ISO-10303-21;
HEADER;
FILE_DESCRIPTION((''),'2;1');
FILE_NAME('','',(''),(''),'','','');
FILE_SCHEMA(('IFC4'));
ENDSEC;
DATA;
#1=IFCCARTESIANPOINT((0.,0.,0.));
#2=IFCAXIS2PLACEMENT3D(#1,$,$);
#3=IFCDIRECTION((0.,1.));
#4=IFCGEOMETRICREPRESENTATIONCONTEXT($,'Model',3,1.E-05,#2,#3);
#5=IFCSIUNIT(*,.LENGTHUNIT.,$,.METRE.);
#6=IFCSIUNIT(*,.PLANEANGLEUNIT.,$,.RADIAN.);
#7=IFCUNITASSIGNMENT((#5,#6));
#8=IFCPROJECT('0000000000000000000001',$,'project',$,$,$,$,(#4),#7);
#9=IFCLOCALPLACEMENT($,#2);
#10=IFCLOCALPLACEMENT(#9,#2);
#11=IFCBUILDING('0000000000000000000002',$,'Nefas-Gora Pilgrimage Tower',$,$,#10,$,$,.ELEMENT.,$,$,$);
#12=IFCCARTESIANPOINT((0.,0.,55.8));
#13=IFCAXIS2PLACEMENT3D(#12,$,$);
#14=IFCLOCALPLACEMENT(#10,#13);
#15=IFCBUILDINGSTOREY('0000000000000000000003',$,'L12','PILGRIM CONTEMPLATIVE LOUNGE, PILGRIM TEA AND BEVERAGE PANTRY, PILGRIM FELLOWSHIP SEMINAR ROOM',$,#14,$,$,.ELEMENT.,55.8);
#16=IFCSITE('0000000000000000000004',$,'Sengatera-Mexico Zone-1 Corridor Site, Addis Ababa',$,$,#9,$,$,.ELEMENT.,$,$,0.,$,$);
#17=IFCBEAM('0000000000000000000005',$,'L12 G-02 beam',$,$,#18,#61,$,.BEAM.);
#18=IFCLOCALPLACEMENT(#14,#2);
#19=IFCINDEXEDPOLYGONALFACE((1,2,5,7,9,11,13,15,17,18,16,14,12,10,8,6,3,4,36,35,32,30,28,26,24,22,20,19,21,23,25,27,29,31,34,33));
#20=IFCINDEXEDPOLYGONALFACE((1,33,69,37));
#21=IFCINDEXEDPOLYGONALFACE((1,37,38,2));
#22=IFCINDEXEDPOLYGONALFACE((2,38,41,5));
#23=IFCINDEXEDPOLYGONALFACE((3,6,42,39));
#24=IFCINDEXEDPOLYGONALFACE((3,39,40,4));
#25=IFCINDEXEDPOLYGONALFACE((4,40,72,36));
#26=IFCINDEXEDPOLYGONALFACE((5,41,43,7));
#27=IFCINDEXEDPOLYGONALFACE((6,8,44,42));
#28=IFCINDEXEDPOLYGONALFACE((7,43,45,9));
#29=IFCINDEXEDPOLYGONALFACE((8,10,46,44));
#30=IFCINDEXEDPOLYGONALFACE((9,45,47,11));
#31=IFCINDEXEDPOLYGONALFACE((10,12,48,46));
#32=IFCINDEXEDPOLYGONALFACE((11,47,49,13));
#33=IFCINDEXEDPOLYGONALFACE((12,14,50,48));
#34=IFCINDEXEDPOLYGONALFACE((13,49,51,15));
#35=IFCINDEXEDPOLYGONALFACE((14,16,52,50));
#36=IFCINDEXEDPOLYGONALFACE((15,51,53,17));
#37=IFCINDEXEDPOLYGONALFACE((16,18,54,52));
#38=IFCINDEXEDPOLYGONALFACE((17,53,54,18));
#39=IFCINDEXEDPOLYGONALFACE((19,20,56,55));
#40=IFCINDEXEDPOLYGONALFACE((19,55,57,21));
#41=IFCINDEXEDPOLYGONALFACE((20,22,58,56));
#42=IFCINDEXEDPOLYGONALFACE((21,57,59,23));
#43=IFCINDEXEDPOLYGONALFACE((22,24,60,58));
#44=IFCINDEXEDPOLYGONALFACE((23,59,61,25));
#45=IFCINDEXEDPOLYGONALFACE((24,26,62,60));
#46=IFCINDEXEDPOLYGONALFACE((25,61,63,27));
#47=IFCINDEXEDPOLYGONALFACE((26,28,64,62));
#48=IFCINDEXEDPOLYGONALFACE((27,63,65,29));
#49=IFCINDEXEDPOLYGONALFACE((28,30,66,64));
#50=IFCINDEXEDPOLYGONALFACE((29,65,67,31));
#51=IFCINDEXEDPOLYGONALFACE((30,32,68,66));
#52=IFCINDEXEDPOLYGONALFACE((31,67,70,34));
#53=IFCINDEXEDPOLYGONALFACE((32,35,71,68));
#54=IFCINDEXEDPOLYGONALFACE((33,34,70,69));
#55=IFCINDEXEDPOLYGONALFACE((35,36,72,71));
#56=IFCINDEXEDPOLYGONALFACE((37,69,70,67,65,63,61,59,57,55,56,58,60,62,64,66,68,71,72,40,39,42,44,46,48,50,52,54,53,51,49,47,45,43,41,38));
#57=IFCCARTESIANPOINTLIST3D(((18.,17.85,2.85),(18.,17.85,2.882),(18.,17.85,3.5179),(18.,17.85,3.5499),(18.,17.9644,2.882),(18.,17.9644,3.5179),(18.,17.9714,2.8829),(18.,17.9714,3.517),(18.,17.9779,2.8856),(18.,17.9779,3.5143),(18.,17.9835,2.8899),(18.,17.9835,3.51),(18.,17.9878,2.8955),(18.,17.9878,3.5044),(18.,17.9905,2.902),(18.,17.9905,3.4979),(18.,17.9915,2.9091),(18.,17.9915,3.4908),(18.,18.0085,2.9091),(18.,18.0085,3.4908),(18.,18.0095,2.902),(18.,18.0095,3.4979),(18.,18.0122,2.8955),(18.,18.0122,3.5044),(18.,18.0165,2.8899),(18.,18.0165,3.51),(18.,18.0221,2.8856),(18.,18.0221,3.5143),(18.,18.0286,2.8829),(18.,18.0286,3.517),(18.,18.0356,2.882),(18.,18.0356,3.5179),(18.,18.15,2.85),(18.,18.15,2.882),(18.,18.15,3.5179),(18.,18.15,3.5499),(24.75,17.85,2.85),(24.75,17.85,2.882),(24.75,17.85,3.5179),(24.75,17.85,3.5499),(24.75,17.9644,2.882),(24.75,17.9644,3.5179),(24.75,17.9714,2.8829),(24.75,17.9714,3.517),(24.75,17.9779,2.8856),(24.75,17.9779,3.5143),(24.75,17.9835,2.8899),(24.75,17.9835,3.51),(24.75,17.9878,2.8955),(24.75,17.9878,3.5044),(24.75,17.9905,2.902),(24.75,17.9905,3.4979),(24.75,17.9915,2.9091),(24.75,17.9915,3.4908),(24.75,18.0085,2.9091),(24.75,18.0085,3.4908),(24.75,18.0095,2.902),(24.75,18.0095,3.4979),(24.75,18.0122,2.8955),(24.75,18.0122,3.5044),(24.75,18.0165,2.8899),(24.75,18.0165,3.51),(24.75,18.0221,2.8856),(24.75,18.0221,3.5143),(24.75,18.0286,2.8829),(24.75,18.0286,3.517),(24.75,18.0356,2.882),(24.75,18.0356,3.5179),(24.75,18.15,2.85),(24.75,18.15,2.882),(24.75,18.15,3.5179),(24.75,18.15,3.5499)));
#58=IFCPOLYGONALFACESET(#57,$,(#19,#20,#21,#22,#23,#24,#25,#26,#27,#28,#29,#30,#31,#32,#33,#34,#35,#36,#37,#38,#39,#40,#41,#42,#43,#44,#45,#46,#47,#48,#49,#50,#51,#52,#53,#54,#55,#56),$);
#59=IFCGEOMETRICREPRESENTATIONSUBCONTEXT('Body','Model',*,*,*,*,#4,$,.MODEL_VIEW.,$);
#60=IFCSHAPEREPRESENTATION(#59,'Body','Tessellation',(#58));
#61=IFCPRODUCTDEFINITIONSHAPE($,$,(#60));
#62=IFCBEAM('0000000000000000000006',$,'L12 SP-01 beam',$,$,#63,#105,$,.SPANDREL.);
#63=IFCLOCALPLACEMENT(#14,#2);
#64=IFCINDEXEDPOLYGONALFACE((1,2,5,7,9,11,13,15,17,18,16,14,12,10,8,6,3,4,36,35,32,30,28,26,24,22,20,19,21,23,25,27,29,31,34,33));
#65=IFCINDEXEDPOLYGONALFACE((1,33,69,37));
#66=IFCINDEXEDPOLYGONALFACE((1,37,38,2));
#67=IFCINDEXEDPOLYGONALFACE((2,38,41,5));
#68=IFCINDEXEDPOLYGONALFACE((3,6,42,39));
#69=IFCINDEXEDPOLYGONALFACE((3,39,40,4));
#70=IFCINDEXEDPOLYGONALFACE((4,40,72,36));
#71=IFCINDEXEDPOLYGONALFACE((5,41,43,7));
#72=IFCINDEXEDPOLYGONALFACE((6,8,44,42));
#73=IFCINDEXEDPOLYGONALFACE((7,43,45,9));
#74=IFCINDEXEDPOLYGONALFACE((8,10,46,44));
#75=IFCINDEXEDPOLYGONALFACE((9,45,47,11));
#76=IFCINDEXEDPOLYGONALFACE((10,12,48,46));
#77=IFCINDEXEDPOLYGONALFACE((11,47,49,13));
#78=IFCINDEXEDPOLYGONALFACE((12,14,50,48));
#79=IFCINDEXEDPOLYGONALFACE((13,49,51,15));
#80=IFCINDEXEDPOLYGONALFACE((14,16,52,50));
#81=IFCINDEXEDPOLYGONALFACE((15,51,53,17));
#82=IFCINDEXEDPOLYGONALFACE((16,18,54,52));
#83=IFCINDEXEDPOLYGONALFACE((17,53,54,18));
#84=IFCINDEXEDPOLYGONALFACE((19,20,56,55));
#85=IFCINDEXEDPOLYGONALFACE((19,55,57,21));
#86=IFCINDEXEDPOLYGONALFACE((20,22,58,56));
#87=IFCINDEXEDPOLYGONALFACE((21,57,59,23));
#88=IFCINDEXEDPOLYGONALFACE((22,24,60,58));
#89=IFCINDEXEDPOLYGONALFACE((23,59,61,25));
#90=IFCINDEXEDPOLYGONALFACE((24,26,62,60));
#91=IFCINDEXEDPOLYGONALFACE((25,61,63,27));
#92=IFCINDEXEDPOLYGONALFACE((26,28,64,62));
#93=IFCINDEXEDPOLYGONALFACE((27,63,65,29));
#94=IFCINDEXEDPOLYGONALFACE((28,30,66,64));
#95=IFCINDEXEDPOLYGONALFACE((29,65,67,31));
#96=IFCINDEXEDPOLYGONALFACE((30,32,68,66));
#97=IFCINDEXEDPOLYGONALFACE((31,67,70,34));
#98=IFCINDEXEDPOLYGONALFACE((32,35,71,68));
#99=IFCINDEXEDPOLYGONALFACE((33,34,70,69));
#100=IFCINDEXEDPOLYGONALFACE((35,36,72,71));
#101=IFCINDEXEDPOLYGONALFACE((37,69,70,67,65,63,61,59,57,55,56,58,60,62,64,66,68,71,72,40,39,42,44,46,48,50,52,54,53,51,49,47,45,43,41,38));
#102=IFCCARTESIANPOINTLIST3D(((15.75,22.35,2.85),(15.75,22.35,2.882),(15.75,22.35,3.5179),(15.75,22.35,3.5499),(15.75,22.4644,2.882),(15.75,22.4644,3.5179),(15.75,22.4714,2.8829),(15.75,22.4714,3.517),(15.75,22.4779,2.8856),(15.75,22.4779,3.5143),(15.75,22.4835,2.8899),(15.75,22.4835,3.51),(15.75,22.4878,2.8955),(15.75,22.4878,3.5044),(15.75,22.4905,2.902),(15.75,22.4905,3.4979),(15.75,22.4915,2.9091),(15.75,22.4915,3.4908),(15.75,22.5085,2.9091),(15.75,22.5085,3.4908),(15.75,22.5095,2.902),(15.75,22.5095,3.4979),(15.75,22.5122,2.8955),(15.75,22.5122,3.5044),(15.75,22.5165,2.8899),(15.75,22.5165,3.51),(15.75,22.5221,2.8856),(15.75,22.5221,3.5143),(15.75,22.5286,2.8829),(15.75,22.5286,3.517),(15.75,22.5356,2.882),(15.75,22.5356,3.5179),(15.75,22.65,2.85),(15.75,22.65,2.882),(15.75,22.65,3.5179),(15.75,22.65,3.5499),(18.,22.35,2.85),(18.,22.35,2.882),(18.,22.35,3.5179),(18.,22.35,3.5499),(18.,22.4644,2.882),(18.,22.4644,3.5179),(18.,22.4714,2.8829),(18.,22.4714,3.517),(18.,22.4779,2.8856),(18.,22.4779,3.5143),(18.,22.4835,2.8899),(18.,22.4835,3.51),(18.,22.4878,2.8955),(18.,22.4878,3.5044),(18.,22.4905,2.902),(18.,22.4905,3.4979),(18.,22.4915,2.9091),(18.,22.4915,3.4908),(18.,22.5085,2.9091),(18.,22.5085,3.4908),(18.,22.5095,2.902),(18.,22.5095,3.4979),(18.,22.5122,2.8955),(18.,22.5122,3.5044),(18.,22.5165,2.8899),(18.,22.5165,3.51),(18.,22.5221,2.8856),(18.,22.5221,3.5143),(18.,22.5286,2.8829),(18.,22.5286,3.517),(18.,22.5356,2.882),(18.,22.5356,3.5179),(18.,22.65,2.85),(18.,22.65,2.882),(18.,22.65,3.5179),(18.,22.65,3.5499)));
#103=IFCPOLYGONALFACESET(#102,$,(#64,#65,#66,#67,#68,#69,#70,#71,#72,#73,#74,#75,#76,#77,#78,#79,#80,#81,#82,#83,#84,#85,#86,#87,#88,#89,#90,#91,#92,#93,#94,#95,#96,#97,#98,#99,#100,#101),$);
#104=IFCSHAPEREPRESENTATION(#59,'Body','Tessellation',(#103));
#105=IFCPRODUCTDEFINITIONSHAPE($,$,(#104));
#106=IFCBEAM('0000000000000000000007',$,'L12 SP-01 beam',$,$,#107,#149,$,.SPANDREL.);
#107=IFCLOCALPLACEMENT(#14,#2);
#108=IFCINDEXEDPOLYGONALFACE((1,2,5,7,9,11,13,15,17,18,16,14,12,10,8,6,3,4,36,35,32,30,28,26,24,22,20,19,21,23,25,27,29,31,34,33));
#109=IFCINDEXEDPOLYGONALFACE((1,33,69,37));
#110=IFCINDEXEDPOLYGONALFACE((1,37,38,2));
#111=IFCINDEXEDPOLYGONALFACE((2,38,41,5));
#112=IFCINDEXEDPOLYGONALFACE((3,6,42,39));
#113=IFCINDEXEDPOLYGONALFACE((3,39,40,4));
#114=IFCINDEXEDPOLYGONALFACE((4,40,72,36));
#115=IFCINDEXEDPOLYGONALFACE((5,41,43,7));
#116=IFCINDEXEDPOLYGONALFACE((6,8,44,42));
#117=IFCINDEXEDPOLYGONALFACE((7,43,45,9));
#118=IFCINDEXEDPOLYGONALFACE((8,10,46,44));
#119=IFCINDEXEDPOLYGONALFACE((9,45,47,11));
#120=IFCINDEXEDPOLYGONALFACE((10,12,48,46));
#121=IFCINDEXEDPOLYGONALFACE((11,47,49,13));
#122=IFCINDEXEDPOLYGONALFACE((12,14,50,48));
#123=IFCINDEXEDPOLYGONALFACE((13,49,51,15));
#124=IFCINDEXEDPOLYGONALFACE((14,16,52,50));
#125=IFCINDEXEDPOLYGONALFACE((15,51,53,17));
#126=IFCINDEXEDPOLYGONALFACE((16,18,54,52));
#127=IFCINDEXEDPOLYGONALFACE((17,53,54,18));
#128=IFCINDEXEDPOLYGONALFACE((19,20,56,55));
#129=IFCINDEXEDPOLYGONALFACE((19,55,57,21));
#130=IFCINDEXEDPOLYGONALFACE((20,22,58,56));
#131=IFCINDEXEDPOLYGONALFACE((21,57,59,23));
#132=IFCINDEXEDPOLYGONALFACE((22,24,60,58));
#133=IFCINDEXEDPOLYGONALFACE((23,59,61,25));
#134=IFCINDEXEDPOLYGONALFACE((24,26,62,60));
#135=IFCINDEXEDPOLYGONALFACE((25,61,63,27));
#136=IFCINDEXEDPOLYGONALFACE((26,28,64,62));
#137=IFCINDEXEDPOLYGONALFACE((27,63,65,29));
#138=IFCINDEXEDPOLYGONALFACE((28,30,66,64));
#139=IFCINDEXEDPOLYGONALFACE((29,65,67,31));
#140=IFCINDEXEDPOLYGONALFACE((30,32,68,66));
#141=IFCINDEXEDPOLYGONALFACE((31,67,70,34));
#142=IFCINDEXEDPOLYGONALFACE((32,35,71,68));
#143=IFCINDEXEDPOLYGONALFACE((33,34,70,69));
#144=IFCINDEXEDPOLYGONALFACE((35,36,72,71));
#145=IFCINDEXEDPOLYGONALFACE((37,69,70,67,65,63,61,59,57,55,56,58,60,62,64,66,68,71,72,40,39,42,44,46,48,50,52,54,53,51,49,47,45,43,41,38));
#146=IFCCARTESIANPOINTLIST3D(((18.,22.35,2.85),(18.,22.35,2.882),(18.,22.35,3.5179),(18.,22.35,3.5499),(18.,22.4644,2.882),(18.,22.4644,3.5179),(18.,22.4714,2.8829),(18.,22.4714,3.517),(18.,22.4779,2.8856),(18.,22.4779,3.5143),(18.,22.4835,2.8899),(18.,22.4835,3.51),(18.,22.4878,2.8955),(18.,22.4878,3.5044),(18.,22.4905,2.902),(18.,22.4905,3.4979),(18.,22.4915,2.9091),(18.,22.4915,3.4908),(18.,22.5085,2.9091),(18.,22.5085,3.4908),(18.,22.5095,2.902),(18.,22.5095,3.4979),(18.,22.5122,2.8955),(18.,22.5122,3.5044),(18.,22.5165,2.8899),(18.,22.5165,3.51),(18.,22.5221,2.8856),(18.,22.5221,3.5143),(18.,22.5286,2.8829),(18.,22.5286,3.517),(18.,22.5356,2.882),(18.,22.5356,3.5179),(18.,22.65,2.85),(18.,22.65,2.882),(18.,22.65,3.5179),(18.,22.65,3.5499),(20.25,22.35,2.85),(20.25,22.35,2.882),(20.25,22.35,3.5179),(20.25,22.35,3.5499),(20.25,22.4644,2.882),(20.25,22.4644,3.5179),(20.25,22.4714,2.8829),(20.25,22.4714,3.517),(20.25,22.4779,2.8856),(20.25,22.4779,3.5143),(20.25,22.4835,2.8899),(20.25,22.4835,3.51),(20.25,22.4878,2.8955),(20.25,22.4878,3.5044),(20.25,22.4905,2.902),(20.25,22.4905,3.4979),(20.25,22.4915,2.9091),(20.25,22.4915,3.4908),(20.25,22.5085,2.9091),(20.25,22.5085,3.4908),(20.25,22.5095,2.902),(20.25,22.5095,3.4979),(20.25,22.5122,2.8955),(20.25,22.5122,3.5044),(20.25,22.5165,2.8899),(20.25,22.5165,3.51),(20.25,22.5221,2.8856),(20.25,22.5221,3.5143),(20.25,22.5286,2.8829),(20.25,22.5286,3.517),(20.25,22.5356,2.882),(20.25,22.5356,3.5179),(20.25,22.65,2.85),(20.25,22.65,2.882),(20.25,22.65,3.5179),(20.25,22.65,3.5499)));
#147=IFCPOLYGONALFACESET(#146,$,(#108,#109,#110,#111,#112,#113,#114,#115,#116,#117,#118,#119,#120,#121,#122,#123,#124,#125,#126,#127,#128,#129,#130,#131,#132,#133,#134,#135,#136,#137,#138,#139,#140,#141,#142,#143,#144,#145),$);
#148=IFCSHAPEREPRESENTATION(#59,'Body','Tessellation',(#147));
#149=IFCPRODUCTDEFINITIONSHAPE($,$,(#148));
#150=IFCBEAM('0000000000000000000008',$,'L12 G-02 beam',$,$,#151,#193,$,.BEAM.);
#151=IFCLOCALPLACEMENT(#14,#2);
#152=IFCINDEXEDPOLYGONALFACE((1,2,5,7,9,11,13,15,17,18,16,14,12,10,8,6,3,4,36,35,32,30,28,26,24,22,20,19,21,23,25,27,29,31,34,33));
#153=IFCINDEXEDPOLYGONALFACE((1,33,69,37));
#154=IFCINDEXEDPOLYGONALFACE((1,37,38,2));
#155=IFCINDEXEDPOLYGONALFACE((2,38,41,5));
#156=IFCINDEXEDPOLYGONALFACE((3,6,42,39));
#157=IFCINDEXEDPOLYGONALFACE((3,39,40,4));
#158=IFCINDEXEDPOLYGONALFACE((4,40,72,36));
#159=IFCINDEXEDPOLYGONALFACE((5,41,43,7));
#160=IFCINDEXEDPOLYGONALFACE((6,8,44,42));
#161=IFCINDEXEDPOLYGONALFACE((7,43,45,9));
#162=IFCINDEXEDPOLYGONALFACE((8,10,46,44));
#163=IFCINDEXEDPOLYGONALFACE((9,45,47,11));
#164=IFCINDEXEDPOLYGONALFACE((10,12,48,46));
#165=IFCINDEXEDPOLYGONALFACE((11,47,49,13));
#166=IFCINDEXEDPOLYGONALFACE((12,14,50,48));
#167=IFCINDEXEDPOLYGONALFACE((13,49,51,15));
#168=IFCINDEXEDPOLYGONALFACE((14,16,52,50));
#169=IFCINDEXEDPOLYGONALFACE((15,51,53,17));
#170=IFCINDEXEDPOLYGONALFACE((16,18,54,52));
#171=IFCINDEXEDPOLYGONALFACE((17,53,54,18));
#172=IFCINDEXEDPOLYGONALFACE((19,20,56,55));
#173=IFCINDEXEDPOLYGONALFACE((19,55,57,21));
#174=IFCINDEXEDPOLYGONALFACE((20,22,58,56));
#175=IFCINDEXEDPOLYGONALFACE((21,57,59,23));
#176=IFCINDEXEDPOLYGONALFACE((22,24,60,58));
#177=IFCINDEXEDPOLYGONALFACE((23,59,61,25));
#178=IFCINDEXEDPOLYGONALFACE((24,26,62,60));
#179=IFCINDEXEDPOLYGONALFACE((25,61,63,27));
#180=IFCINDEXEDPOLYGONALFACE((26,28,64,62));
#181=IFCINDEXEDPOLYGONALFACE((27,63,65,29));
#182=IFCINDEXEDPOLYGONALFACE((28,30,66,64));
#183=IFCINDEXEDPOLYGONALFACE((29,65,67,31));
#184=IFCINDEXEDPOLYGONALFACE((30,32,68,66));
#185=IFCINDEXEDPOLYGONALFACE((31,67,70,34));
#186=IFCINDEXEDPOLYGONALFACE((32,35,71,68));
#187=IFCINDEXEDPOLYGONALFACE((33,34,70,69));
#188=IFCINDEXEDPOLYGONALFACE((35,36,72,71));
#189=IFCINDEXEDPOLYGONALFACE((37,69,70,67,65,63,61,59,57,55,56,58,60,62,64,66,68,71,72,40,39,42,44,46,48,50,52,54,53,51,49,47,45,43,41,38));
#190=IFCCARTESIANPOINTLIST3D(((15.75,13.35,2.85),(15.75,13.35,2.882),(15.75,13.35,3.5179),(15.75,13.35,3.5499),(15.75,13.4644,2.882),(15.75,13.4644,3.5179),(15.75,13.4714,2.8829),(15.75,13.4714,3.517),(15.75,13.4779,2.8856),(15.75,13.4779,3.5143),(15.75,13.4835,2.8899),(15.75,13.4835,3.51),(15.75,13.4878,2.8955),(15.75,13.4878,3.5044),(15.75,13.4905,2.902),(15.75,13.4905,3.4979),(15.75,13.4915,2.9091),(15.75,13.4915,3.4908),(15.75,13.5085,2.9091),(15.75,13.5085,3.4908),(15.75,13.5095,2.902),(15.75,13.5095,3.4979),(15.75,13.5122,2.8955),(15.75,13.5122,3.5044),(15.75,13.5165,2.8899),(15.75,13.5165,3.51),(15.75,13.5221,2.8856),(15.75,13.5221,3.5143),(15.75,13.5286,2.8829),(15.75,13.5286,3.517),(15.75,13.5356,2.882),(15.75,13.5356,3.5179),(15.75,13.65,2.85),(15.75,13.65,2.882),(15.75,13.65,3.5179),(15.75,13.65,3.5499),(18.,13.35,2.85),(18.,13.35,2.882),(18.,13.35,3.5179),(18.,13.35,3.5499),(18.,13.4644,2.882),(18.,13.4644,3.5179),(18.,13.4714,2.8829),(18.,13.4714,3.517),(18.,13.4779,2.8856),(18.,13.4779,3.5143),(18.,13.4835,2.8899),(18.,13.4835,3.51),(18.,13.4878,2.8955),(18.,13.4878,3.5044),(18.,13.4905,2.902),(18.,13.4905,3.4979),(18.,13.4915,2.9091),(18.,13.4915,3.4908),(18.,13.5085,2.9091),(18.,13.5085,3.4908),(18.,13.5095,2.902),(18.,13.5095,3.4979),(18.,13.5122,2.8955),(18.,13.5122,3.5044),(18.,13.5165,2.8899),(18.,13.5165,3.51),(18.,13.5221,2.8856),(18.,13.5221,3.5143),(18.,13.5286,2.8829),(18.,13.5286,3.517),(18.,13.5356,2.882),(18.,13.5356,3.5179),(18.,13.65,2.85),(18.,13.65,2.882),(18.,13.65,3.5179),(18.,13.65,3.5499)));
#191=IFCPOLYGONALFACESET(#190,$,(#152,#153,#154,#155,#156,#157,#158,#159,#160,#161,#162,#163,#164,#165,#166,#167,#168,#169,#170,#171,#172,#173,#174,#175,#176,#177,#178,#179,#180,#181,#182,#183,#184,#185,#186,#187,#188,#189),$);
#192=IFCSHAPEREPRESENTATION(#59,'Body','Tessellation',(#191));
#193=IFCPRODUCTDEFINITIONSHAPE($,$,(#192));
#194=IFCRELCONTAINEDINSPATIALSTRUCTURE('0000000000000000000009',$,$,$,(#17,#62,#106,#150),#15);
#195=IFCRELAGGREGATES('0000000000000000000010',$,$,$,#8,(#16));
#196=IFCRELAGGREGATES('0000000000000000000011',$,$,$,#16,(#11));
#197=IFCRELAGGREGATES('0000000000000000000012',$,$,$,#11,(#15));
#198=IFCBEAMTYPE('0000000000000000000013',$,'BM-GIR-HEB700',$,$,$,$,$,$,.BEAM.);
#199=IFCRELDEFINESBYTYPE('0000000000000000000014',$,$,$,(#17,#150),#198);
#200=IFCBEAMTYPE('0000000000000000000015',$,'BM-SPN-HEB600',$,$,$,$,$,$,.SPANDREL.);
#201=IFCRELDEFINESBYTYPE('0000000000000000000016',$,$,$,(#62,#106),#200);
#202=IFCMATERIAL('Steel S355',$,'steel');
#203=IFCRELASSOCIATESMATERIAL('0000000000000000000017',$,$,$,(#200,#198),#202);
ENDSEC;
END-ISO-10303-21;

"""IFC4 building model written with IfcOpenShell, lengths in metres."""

from ifc_helpers import new_model, si_unit, direction, frame, origin, origin_2d, place, context, subcontext, project, spatial, i_section, extrude, source, transform, mapped, material, material_profile, profile_set, type_object, element, save


model = new_model("IFC4")

# Units and contexts
model_context = context("Model", 3, precision=1e-05, world=origin(), true_north=direction((0.0, 1.0)))
body_context = subcontext(model_context, "Body", "Model", "MODEL_VIEW")
ifc_project = project(units=[si_unit("LENGTHUNIT", "METRE"), si_unit("PLANEANGLEUNIT", "RADIAN")], contexts=[model_context])

# Site, building, storey
site_placement = place(None, origin())
site = spatial("IfcSite", under=ifc_project, at=site_placement, Name="Sengatera-Mexico Zone-1 Corridor Site, Addis Ababa", CompositionType="ELEMENT", RefElevation=0.0)
building_placement = place(site_placement, origin())
building = spatial("IfcBuilding", under=site, at=building_placement, Name="Nefas-Gora Pilgrimage Tower", CompositionType="ELEMENT")
storey_placement = place(building_placement, frame((0.0, 0.0, 55.8)))
storey = spatial("IfcBuildingStorey", under=building, at=storey_placement, Name="L12", Description="PILGRIM CONTEMPLATIVE LOUNGE, PILGRIM TEA AND BEVERAGE PANTRY, PILGRIM FELLOWSHIP SEMINAR ROOM", CompositionType="ELEMENT", Elevation=55.8)

# Beams
ifc_material_1 = material(Name="Steel S355", Category="steel")
ifc_material_profile_1 = material_profile(ifc_material_1, i_section(OverallWidth=0.3, OverallDepth=0.7, WebThickness=0.0171, FlangeThickness=0.032, FilletRadius=0.0271, at=origin_2d()), Name="HEB 700")
ifc_profile_set_1 = profile_set([ifc_material_profile_1], Name="Steel S355")
beam_type_1 = type_object("IfcBeamType", Name="BM-SPN-HEB600", PredefinedType="SPANDREL", material=ifc_profile_set_1)
ifc_material_profile_2 = material_profile(ifc_material_1, i_section(OverallWidth=0.3, OverallDepth=0.7, WebThickness=0.0171, FlangeThickness=0.032, FilletRadius=0.0271, at=origin_2d()), Name="HEB 700")
ifc_profile_set_2 = profile_set([ifc_material_profile_2], Name="Steel S355")
beam_type_2 = type_object("IfcBeamType", Name="BM-GIR-HEB700", PredefinedType="BEAM", material=ifc_profile_set_2)
shared_shape_1 = source(origin(), body_context, "Body", "SweptSolid", [
    extrude(i_section(OverallWidth=0.3, OverallDepth=0.7, WebThickness=0.0171, FlangeThickness=0.032, FilletRadius=0.0271, at=origin_2d()), origin(), (0.0, 0.0, 1.0), 6.75),
])
for number, where, z_axis, x_axis, name in (
    (1, (18.0, 18.0, 3.2), (1.0, 0.0, 0.0), (0.0, 1.0, 0.0), "L12 G-02 beam"),
):
    element("IfcBeam", number, at=place(storey_placement, frame(where, z_axis=z_axis, x_axis=x_axis)), inside=storey, type_object=beam_type_2, Name=name, PredefinedType="BEAM", context=body_context, shape_type="MappedRepresentation", body=[
        mapped(shared_shape_1, transform((0.0, 0.0, 0.0), x_axis=(1.0, 0.0, 0.0), y_axis=(0.0, 1.0, 0.0), z_axis=(0.0, 0.0, 1.0), scale=1.0)),
    ])
shared_shape_2 = source(origin(), body_context, "Body", "SweptSolid", [
    extrude(i_section(OverallWidth=0.3, OverallDepth=0.7, WebThickness=0.0171, FlangeThickness=0.032, FilletRadius=0.0271, at=origin_2d()), origin(), (0.0, 0.0, 1.0), 2.25),
])
for number, where, z_axis, x_axis, name in (
    (2, (15.75, 22.5, 3.2), (1.0, 0.0, 0.0), (0.0, 1.0, 0.0), "L12 SP-01 beam"),
    (3, (18.0, 22.5, 3.2), (1.0, 0.0, 0.0), (0.0, 1.0, 0.0), "L12 SP-01 beam"),
):
    element("IfcBeam", number, at=place(storey_placement, frame(where, z_axis=z_axis, x_axis=x_axis)), inside=storey, type_object=beam_type_1, Name=name, PredefinedType="SPANDREL", context=body_context, shape_type="MappedRepresentation", body=[
        mapped(shared_shape_2, transform((0.0, 0.0, 0.0), x_axis=(1.0, 0.0, 0.0), y_axis=(0.0, 1.0, 0.0), z_axis=(0.0, 0.0, 1.0), scale=1.0)),
    ])
shared_shape_3 = source(origin(), body_context, "Body", "SweptSolid", [
    extrude(i_section(OverallWidth=0.3, OverallDepth=0.7, WebThickness=0.0171, FlangeThickness=0.032, FilletRadius=0.0271, at=origin_2d()), origin(), (0.0, 0.0, 1.0), 2.25),
])
beam_1_placement = place(storey_placement, frame((15.75, 13.5, 3.2), z_axis=(1.0, 0.0, 0.0), x_axis=(0.0, 1.0, 0.0)))
element("IfcBeam", 4, at=beam_1_placement, inside=storey, type_object=beam_type_2, Name="L12 G-02 beam", PredefinedType="BEAM", context=body_context, shape_type="MappedRepresentation", body=[
    mapped(shared_shape_3, transform((0.0, 0.0, 0.0), x_axis=(1.0, 0.0, 0.0), y_axis=(0.0, 1.0, 0.0), z_axis=(0.0, 0.0, 1.0), scale=1.0)),
])

save(model, "model.ifc")
